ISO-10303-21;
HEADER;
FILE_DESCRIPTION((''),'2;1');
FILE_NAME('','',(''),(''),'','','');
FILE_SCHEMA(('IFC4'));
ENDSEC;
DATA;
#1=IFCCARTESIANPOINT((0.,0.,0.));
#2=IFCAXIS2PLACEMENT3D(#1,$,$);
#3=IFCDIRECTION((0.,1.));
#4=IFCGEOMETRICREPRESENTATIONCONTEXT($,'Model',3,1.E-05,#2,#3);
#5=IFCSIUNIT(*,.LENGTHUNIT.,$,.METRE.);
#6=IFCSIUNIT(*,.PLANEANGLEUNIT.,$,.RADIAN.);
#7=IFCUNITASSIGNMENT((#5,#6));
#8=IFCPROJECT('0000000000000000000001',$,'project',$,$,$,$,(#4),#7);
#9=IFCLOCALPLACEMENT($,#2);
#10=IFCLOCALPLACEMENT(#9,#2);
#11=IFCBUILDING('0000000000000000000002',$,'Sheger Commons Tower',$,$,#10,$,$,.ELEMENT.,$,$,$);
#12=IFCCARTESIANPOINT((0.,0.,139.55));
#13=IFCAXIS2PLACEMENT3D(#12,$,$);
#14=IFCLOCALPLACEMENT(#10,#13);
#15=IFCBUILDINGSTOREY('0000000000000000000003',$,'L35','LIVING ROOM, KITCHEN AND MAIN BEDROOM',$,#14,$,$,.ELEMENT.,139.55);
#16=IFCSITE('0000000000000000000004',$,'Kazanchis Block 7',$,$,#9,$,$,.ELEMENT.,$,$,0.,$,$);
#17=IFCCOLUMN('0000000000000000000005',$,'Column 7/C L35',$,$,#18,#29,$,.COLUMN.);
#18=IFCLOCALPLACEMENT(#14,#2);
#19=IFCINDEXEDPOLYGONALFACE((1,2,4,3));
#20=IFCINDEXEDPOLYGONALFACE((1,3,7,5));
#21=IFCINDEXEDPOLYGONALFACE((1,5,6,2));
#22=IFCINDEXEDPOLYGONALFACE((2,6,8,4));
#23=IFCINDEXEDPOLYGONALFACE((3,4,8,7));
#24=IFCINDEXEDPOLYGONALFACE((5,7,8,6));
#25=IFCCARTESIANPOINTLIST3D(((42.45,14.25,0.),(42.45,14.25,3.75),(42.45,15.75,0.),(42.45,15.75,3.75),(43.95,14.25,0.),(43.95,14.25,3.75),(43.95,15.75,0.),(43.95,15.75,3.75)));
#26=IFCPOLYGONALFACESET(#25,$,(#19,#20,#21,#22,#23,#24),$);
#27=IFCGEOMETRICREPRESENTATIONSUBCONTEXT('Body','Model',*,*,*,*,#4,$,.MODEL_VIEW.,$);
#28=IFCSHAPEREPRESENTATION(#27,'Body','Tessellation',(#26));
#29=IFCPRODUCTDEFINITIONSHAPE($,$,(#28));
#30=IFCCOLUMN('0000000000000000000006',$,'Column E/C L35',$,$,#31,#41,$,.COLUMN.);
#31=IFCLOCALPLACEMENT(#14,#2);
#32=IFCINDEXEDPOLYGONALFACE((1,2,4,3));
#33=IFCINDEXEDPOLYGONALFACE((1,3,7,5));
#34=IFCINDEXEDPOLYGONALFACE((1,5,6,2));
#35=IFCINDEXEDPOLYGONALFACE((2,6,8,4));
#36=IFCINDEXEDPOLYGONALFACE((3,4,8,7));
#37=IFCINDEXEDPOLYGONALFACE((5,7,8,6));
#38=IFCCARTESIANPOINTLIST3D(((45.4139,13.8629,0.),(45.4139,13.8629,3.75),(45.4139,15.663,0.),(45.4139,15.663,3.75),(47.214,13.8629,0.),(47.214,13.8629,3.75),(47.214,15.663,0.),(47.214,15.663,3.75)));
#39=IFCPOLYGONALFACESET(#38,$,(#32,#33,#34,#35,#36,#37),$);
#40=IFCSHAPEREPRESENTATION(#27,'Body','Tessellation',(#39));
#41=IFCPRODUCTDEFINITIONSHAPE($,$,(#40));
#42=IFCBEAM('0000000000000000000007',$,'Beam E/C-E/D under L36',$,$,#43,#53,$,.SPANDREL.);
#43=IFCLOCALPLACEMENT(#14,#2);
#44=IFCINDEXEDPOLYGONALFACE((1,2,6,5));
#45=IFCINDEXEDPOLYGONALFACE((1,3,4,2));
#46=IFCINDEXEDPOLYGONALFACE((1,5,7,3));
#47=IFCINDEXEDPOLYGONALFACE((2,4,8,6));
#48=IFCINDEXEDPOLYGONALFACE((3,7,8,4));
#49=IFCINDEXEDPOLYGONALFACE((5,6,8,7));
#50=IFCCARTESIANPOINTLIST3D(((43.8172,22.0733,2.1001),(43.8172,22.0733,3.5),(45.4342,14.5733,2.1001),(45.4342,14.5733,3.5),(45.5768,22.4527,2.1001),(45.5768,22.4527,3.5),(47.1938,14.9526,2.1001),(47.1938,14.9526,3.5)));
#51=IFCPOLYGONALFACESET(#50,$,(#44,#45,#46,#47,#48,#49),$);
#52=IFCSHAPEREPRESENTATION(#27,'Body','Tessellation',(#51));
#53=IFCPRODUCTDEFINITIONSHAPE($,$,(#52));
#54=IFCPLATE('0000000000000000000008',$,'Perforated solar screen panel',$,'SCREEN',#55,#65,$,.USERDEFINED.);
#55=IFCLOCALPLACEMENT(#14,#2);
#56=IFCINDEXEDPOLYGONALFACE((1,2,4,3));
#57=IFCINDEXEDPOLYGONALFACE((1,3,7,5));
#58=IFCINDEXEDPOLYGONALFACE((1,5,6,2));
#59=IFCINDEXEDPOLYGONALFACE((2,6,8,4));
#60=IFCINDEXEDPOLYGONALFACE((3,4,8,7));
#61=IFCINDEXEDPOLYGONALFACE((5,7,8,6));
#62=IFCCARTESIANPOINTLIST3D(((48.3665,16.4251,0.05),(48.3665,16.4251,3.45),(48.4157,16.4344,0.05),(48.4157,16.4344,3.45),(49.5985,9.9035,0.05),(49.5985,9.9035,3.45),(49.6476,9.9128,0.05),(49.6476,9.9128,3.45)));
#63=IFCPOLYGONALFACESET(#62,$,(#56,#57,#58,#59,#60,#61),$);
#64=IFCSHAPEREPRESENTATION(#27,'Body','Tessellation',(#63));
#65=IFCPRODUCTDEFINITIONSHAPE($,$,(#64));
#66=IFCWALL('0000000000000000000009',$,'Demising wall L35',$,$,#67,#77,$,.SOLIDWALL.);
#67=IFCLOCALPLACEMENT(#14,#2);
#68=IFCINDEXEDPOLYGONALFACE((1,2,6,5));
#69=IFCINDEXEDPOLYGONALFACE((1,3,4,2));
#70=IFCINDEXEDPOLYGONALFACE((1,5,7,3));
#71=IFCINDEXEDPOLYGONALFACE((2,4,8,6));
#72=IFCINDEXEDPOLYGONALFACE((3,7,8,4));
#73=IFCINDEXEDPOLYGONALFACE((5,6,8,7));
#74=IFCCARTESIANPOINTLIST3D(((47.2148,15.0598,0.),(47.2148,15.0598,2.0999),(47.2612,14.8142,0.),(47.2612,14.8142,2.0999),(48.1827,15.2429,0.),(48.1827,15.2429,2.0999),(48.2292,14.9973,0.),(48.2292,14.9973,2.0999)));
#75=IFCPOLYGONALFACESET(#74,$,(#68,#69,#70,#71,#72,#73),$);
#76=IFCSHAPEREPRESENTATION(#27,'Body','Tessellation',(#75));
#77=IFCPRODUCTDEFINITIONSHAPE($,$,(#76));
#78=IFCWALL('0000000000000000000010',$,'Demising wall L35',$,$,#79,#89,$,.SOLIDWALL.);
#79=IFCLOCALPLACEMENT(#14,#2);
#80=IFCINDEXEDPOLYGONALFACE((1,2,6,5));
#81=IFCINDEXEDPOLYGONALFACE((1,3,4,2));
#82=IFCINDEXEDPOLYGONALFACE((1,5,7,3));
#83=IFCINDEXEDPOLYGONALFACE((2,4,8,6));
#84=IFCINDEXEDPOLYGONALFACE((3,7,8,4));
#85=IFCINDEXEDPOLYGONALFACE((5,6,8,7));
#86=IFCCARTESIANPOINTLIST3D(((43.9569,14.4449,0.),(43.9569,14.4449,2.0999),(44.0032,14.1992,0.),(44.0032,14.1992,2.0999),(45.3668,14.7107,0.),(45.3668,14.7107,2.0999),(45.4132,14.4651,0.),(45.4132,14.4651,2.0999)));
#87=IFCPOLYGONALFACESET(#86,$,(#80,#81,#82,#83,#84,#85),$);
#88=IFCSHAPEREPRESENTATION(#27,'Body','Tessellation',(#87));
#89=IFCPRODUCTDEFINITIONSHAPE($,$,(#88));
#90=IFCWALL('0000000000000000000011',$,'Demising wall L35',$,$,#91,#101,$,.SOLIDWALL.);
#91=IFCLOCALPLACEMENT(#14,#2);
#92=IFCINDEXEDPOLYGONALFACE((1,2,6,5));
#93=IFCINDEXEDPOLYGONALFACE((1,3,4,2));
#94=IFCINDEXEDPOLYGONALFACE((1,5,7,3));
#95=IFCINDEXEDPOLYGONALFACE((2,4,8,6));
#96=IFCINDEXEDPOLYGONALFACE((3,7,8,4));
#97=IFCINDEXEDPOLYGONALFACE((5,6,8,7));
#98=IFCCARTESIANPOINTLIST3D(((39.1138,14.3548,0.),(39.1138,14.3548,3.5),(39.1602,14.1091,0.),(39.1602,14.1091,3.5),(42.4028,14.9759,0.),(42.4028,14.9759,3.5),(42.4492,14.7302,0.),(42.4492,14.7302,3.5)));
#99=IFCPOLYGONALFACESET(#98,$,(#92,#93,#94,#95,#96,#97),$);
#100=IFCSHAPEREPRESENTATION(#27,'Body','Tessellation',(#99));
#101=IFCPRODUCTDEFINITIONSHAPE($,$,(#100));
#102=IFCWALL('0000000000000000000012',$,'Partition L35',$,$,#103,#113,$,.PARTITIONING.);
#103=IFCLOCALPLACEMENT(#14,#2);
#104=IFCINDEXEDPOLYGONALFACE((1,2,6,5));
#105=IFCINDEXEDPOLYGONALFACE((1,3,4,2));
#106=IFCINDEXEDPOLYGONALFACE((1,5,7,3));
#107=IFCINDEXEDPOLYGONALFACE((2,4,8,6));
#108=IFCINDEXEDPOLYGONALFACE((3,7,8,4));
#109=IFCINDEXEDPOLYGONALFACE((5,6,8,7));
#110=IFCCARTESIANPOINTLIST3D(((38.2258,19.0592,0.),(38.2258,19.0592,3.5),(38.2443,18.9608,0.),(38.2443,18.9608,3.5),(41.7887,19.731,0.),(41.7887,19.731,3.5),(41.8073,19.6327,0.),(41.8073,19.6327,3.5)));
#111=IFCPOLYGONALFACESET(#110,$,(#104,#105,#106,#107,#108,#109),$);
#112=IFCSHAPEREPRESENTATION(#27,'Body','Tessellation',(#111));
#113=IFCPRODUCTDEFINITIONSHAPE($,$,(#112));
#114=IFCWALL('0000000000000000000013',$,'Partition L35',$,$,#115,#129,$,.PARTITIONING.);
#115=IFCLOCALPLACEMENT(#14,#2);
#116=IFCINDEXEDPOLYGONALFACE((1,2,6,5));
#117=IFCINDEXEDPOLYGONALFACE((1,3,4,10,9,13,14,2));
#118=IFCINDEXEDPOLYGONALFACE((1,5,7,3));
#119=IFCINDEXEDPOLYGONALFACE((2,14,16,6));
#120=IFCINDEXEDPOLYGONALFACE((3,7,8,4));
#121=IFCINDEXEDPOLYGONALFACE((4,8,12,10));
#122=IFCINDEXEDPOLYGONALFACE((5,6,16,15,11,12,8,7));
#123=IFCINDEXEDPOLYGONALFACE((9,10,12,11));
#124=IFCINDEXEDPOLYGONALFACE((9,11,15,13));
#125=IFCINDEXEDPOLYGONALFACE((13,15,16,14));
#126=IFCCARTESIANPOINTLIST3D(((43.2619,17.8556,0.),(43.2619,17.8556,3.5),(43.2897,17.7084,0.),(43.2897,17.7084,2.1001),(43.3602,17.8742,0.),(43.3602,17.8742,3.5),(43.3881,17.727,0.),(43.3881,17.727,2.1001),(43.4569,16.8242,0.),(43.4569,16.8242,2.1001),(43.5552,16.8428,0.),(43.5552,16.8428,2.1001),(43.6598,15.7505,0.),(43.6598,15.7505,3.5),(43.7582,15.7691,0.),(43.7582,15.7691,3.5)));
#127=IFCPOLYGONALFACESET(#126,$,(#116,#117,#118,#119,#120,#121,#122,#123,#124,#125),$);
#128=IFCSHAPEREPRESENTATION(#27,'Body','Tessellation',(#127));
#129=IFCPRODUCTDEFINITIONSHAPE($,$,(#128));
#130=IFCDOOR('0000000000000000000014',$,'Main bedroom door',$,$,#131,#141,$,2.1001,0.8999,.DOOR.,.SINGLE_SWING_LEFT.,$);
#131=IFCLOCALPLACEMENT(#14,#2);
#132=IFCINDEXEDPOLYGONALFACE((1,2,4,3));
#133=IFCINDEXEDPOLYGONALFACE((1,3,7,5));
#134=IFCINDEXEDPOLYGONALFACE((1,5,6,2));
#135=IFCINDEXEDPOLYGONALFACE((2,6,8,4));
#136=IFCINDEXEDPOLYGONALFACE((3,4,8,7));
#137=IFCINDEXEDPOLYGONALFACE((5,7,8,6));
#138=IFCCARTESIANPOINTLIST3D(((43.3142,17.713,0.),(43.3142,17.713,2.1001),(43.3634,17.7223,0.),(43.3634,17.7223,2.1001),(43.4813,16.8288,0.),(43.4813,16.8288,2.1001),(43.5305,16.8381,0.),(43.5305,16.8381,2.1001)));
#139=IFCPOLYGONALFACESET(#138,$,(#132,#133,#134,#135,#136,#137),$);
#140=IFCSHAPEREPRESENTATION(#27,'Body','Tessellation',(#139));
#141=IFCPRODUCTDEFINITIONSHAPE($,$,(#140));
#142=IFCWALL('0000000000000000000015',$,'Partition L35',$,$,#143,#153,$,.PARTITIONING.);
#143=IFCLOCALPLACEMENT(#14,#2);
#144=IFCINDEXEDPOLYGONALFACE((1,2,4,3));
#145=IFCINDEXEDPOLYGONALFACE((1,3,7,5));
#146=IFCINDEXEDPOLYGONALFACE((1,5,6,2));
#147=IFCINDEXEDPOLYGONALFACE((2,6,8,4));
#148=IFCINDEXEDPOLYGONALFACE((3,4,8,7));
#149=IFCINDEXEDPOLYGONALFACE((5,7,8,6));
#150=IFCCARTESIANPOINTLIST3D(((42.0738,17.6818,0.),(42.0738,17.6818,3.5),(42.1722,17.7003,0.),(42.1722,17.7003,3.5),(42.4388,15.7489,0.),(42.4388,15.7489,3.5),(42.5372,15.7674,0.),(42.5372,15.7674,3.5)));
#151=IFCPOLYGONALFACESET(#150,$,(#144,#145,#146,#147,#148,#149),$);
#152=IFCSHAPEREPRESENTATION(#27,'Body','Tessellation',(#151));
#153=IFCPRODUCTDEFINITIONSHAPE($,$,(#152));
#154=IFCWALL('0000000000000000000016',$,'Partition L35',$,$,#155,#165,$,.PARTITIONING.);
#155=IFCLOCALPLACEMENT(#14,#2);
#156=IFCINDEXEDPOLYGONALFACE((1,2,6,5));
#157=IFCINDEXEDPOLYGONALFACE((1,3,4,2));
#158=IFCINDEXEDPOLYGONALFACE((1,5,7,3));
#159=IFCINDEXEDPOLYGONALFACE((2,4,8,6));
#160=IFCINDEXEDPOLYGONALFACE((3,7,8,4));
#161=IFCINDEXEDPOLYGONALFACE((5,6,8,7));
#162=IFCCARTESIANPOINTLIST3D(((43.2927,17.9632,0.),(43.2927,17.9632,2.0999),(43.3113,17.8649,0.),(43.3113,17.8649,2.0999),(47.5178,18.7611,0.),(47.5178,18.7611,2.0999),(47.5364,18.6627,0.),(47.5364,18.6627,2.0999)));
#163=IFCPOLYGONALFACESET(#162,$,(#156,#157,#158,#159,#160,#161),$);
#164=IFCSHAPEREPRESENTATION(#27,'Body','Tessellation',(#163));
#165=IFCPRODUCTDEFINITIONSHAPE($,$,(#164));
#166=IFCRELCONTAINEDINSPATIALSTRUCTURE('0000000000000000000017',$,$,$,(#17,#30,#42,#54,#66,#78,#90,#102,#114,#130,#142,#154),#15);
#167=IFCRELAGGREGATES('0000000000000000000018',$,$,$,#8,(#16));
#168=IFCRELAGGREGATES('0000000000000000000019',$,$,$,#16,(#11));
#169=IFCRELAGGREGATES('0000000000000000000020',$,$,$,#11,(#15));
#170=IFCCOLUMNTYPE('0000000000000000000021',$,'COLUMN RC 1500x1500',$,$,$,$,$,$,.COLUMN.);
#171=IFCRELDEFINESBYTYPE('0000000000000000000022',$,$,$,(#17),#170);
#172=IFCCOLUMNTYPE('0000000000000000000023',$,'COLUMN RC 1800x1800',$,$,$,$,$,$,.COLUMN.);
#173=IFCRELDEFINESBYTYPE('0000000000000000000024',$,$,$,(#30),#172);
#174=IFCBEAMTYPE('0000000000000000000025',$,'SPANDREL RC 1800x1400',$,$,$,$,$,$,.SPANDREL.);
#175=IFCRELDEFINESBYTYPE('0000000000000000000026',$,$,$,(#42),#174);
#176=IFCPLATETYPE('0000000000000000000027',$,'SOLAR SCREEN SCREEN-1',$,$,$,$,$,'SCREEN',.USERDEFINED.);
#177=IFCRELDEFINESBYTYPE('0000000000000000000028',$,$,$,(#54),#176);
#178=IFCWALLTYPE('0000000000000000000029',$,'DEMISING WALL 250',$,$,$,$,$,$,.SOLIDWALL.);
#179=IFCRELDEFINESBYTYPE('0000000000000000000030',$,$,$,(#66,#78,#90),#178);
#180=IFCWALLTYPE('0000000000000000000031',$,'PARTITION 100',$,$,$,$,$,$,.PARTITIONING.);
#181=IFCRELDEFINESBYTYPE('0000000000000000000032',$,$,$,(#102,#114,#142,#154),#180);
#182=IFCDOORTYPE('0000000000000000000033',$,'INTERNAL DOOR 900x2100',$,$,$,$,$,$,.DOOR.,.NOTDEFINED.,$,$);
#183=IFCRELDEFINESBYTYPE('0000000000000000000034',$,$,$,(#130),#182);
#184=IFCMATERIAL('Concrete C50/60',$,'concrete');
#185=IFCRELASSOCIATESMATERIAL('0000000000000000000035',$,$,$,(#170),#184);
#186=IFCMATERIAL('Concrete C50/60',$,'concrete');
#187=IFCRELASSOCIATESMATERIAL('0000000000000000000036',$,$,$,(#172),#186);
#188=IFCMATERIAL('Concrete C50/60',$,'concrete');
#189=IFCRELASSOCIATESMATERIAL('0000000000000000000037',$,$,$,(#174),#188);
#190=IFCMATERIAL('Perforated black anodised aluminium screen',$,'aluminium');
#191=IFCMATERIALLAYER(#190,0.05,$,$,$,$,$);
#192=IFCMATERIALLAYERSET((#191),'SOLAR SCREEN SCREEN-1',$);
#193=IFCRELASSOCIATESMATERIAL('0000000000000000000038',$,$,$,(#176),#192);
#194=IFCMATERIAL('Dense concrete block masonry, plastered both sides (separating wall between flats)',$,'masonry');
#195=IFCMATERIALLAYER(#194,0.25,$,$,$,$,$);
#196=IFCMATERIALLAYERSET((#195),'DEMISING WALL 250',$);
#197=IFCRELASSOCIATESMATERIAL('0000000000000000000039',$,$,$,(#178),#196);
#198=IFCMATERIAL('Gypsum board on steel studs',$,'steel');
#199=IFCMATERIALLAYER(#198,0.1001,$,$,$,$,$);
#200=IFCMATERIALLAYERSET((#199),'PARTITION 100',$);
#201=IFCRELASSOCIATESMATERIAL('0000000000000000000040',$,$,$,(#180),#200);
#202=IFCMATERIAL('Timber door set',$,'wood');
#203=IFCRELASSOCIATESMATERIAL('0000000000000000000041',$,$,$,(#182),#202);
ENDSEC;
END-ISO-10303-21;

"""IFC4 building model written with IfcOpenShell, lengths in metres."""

from ifc_helpers import new_model, si_unit, direction, frame, frame_2d, origin, origin_2d, place, context, subcontext, project, spatial, rectangle, extrude, material, layer, layer_set, material_profile, profile_set, type_object, element, fill, save


model = new_model("IFC4")

# Units and contexts
model_context = context("Model", 3, precision=1e-05, world=origin(), true_north=direction((0.0, 1.0)))
body_context = subcontext(model_context, "Body", "Model", "MODEL_VIEW")
ifc_project = project(units=[si_unit("LENGTHUNIT", "METRE"), si_unit("PLANEANGLEUNIT", "RADIAN")], contexts=[model_context])

# Site, building, storey
site_placement = place(None, origin())
site = spatial("IfcSite", under=ifc_project, at=site_placement, Name="Kazanchis Block 7", CompositionType="ELEMENT", RefElevation=0.0)
building_placement = place(site_placement, origin())
building = spatial("IfcBuilding", under=site, at=building_placement, Name="Sheger Commons Tower", CompositionType="ELEMENT")
storey_placement = place(building_placement, frame((0.0, 0.0, 139.55)))
storey = spatial("IfcBuildingStorey", under=building, at=storey_placement, Name="L35", Description="LIVING ROOM, KITCHEN AND MAIN BEDROOM", CompositionType="ELEMENT", Elevation=139.55)

# Columns
ifc_material_1 = material(Name="Concrete C50/60", Category="concrete")
ifc_material_profile_1 = material_profile(ifc_material_1, rectangle(XDim=1.5, YDim=1.5, at=origin_2d()), Name="RC 1500x1500")
ifc_profile_set_1 = profile_set([ifc_material_profile_1], Name="Concrete C50/60")
column_type_1 = type_object("IfcColumnType", Name="COLUMN RC 1500x1500", PredefinedType="COLUMN", material=ifc_profile_set_1)
column_1_placement = place(storey_placement, frame((43.2, 15.0, 0.0), z_axis=(0.0, 0.0, 1.0), x_axis=(1.0, 0.0, 0.0)))
element("IfcColumn", 1, at=column_1_placement, inside=storey, type_object=column_type_1, Name="Column 7/C L35", PredefinedType="COLUMN", context=body_context, shape_type="SweptSolid", body=[
    extrude(rectangle(XDim=1.5, YDim=1.5, at=origin_2d()), origin(), (0.0, 0.0, 1.0), 3.75),
])
ifc_material_2 = material(Name="Concrete C50/60", Category="concrete")
ifc_material_profile_2 = material_profile(ifc_material_2, rectangle(XDim=1.8, YDim=1.8, at=origin_2d()), Name="RC 1800x1800")
ifc_profile_set_2 = profile_set([ifc_material_profile_2], Name="Concrete C50/60")
column_type_2 = type_object("IfcColumnType", Name="COLUMN RC 1800x1800", PredefinedType="COLUMN", material=ifc_profile_set_2)
column_2_placement = place(storey_placement, frame((46.314, 14.7629, 0.0), z_axis=(0.0, 0.0, 1.0), x_axis=(1.0, 0.0, 0.0)))
element("IfcColumn", 2, at=column_2_placement, inside=storey, type_object=column_type_2, Name="Column E/C L35", PredefinedType="COLUMN", context=body_context, shape_type="SweptSolid", body=[
    extrude(rectangle(XDim=1.8, YDim=1.8, at=origin_2d()), origin(), (0.0, 0.0, 1.0), 3.75),
])

# Beam
ifc_material_3 = material(Name="Concrete C50/60", Category="concrete")
ifc_material_profile_3 = material_profile(ifc_material_3, rectangle(XDim=1.8, YDim=1.3999, at=origin_2d()), Name="RC 1800x1400")
ifc_profile_set_3 = profile_set([ifc_material_profile_3], Name="Concrete C50/60")
beam_type = type_object("IfcBeamType", Name="SPANDREL RC 1800x1400", PredefinedType="SPANDREL", material=ifc_profile_set_3)
beam_placement = place(storey_placement, frame((46.314, 14.7629, 2.8), z_axis=(-0.21075, 0.97754, 0.0), x_axis=(-0.97754, -0.21075, 0.0)))
element("IfcBeam", 3, at=beam_placement, inside=storey, type_object=beam_type, Name="Beam E/C-E/D under L36", PredefinedType="SPANDREL", context=body_context, shape_type="SweptSolid", body=[
    extrude(rectangle(XDim=1.8, YDim=1.3999, at=origin_2d()), origin(), (0.0, 0.0, 1.0), 7.6724),
])

# Plate
ifc_material_4 = material(Name="Perforated black anodised aluminium screen", Category="aluminium")
ifc_layer_1 = layer(ifc_material_4, 0.05)
ifc_layer_set_1 = layer_set([ifc_layer_1], Name="SOLAR SCREEN SCREEN-1")
plate_type = type_object("IfcPlateType", Name="SOLAR SCREEN SCREEN-1", ElementType="SCREEN", PredefinedType="USERDEFINED", material=ifc_layer_set_1)
plate_placement = place(storey_placement, frame((49.0071, 13.1689, 0.05), z_axis=(0.0, 0.0, 1.0), x_axis=(-0.185615, 0.982623, 0.0)))
element("IfcPlate", 4, at=plate_placement, inside=storey, type_object=plate_type, Name="Perforated solar screen panel", ObjectType="SCREEN", PredefinedType="USERDEFINED", context=body_context, shape_type="SweptSolid", body=[
    extrude(rectangle(XDim=6.637, YDim=0.05, at=origin_2d()), origin(), (0.0, 0.0, 1.0), 3.3999),
])

# Walls
ifc_material_5 = material(Name="Dense concrete block masonry, plastered both sides (separating wall between flats)", Category="masonry")
ifc_layer_2 = layer(ifc_material_5, 0.25)
ifc_layer_set_2 = layer_set([ifc_layer_2], Name="DEMISING WALL 250")
wall_type_1 = type_object("IfcWallType", Name="DEMISING WALL 250", PredefinedType="SOLIDWALL", material=ifc_layer_set_2)
wall_1_placement = place(storey_placement, frame((48.2061, 15.1201, 0.0), z_axis=(0.0, 0.0, 1.0), x_axis=(-0.982576, -0.185859, 0.0)))
element("IfcWall", 5, at=wall_1_placement, inside=storey, type_object=wall_type_1, Name="Demising wall L35", PredefinedType="SOLIDWALL", context=body_context, shape_type="SweptSolid", body=[
    extrude(rectangle(XDim=0.9851, YDim=0.25, at=frame_2d((0.4927, 0.0))), origin(), (0.0, 0.0, 1.0), 2.0999),
])
wall_2_placement = place(storey_placement, frame((45.3899, 14.5879, 0.0), z_axis=(0.0, 0.0, 1.0), x_axis=(-0.982681, -0.185306, 0.0)))
element("IfcWall", 6, at=wall_2_placement, inside=storey, type_object=wall_type_1, Name="Demising wall L35", PredefinedType="SOLIDWALL", context=body_context, shape_type="SweptSolid", body=[
    extrude(rectangle(XDim=1.4348, YDim=0.25, at=frame_2d((0.7173, 0.0))), origin(), (0.0, 0.0, 1.0), 2.0999),
])
wall_3_placement = place(storey_placement, frame((42.426, 14.853, 0.0), z_axis=(0.0, 0.0, 1.0), x_axis=(-0.982634, -0.185557, 0.0)))
element("IfcWall", 7, at=wall_3_placement, inside=storey, type_object=wall_type_1, Name="Demising wall L35", PredefinedType="SOLIDWALL", context=body_context, shape_type="SweptSolid", body=[
    extrude(rectangle(XDim=3.3472, YDim=0.25, at=frame_2d((1.6736, 0.0))), origin(), (0.0, 0.0, 1.0), 3.5),
])
ifc_material_6 = material(Name="Gypsum board on steel studs", Category="steel")
ifc_layer_3 = layer(ifc_material_6, 0.1001)
ifc_layer_set_3 = layer_set([ifc_layer_3], Name="PARTITION 100")
wall_type_2 = type_object("IfcWallType", Name="PARTITION 100", PredefinedType="PARTITIONING", material=ifc_layer_set_3)
wall_4_placement = place(storey_placement, frame((41.7981, 19.6819, 0.0), z_axis=(0.0, 0.0, 1.0), x_axis=(-0.982681, -0.185305, 0.0)))
element("IfcWall", 8, at=wall_4_placement, inside=storey, type_object=wall_type_2, Name="Partition L35", PredefinedType="PARTITIONING", context=body_context, shape_type="SweptSolid", body=[
    extrude(rectangle(XDim=3.6257, YDim=0.1001, at=frame_2d((1.813, 0.0))), origin(), (0.0, 0.0, 1.0), 3.5),
])

# Wall, opening, door
wall_5_placement = place(storey_placement, frame((43.311, 17.865, 0.0), z_axis=(0.0, 0.0, 1.0), x_axis=(0.185761, -0.982595, 0.0)))
wall_5 = element("IfcWall", 9, at=wall_5_placement, inside=storey, type_object=wall_type_2, Name="Partition L35", PredefinedType="PARTITIONING", context=body_context, shape_type="SweptSolid", body=[
    extrude(rectangle(XDim=2.1423, YDim=0.1001, at=frame_2d((1.0713, 0.0))), origin(), (0.0, 0.0, 1.0), 3.5),
])
opening_1_placement = place(wall_5_placement, frame((0.1499, 0.0, 0.0)))
opening_1 = element("IfcOpeningElement", 10, at=opening_1_placement, cuts=wall_5, PredefinedType="OPENING", context=body_context, shape_type="SweptSolid", body=[
    extrude(rectangle(XDim=0.8999, YDim=2.1001, at=frame_2d((0.45, 1.05))), frame((0.0, 0.0601, 0.0), z_axis=(0.0, -1.0, 0.0), x_axis=(1.0, 0.0, 0.0)), (0.0, 0.0, 1.0), 0.1201),
])
ifc_material_7 = material(Name="Timber door set", Category="wood")
door_type = type_object("IfcDoorType", Name="INTERNAL DOOR 900x2100", OperationType="NOTDEFINED", PredefinedType="DOOR", material=ifc_material_7)
door_1_placement = place(opening_1_placement, origin())
door_1 = element("IfcDoor", 11, at=door_1_placement, inside=storey, type_object=door_type, Name="Main bedroom door", OperationType="SINGLE_SWING_LEFT", OverallHeight=2.1001, OverallWidth=0.8999, PredefinedType="DOOR", context=body_context, shape_type="SweptSolid", body=[
    extrude(rectangle(XDim=0.8999, YDim=2.1001, at=frame_2d((0.45, 1.05))), frame((0.0, 0.0249, 0.0), z_axis=(0.0, -1.0, 0.0), x_axis=(1.0, 0.0, 0.0)), (0.0, 0.0, 1.0), 0.05),
])
fill(opening_1, door_1)

# Walls
wall_6_placement = place(storey_placement, frame((42.123, 17.6909, 0.0), z_axis=(0.0, 0.0, 1.0), x_axis=(0.185555, -0.982634, 0.0)))
element("IfcWall", 12, at=wall_6_placement, inside=storey, type_object=wall_type_2, Name="Partition L35", PredefinedType="PARTITIONING", context=body_context, shape_type="SweptSolid", body=[
    extrude(rectangle(XDim=1.967, YDim=0.1001, at=frame_2d((0.9834, 0.0))), origin(), (0.0, 0.0, 1.0), 3.5),
])
wall_7_placement = place(storey_placement, frame((47.5271, 18.7119, 0.0), z_axis=(0.0, 0.0, 1.0), x_axis=(-0.982634, -0.185557, 0.0)))
element("IfcWall", 13, at=wall_7_placement, inside=storey, type_object=wall_type_2, Name="Partition L35", PredefinedType="PARTITIONING", context=body_context, shape_type="SweptSolid", body=[
    extrude(rectangle(XDim=4.2998, YDim=0.1001, at=frame_2d((2.1499, 0.0))), origin(), (0.0, 0.0, 1.0), 2.0999),
])

save(model, "model.ifc")
